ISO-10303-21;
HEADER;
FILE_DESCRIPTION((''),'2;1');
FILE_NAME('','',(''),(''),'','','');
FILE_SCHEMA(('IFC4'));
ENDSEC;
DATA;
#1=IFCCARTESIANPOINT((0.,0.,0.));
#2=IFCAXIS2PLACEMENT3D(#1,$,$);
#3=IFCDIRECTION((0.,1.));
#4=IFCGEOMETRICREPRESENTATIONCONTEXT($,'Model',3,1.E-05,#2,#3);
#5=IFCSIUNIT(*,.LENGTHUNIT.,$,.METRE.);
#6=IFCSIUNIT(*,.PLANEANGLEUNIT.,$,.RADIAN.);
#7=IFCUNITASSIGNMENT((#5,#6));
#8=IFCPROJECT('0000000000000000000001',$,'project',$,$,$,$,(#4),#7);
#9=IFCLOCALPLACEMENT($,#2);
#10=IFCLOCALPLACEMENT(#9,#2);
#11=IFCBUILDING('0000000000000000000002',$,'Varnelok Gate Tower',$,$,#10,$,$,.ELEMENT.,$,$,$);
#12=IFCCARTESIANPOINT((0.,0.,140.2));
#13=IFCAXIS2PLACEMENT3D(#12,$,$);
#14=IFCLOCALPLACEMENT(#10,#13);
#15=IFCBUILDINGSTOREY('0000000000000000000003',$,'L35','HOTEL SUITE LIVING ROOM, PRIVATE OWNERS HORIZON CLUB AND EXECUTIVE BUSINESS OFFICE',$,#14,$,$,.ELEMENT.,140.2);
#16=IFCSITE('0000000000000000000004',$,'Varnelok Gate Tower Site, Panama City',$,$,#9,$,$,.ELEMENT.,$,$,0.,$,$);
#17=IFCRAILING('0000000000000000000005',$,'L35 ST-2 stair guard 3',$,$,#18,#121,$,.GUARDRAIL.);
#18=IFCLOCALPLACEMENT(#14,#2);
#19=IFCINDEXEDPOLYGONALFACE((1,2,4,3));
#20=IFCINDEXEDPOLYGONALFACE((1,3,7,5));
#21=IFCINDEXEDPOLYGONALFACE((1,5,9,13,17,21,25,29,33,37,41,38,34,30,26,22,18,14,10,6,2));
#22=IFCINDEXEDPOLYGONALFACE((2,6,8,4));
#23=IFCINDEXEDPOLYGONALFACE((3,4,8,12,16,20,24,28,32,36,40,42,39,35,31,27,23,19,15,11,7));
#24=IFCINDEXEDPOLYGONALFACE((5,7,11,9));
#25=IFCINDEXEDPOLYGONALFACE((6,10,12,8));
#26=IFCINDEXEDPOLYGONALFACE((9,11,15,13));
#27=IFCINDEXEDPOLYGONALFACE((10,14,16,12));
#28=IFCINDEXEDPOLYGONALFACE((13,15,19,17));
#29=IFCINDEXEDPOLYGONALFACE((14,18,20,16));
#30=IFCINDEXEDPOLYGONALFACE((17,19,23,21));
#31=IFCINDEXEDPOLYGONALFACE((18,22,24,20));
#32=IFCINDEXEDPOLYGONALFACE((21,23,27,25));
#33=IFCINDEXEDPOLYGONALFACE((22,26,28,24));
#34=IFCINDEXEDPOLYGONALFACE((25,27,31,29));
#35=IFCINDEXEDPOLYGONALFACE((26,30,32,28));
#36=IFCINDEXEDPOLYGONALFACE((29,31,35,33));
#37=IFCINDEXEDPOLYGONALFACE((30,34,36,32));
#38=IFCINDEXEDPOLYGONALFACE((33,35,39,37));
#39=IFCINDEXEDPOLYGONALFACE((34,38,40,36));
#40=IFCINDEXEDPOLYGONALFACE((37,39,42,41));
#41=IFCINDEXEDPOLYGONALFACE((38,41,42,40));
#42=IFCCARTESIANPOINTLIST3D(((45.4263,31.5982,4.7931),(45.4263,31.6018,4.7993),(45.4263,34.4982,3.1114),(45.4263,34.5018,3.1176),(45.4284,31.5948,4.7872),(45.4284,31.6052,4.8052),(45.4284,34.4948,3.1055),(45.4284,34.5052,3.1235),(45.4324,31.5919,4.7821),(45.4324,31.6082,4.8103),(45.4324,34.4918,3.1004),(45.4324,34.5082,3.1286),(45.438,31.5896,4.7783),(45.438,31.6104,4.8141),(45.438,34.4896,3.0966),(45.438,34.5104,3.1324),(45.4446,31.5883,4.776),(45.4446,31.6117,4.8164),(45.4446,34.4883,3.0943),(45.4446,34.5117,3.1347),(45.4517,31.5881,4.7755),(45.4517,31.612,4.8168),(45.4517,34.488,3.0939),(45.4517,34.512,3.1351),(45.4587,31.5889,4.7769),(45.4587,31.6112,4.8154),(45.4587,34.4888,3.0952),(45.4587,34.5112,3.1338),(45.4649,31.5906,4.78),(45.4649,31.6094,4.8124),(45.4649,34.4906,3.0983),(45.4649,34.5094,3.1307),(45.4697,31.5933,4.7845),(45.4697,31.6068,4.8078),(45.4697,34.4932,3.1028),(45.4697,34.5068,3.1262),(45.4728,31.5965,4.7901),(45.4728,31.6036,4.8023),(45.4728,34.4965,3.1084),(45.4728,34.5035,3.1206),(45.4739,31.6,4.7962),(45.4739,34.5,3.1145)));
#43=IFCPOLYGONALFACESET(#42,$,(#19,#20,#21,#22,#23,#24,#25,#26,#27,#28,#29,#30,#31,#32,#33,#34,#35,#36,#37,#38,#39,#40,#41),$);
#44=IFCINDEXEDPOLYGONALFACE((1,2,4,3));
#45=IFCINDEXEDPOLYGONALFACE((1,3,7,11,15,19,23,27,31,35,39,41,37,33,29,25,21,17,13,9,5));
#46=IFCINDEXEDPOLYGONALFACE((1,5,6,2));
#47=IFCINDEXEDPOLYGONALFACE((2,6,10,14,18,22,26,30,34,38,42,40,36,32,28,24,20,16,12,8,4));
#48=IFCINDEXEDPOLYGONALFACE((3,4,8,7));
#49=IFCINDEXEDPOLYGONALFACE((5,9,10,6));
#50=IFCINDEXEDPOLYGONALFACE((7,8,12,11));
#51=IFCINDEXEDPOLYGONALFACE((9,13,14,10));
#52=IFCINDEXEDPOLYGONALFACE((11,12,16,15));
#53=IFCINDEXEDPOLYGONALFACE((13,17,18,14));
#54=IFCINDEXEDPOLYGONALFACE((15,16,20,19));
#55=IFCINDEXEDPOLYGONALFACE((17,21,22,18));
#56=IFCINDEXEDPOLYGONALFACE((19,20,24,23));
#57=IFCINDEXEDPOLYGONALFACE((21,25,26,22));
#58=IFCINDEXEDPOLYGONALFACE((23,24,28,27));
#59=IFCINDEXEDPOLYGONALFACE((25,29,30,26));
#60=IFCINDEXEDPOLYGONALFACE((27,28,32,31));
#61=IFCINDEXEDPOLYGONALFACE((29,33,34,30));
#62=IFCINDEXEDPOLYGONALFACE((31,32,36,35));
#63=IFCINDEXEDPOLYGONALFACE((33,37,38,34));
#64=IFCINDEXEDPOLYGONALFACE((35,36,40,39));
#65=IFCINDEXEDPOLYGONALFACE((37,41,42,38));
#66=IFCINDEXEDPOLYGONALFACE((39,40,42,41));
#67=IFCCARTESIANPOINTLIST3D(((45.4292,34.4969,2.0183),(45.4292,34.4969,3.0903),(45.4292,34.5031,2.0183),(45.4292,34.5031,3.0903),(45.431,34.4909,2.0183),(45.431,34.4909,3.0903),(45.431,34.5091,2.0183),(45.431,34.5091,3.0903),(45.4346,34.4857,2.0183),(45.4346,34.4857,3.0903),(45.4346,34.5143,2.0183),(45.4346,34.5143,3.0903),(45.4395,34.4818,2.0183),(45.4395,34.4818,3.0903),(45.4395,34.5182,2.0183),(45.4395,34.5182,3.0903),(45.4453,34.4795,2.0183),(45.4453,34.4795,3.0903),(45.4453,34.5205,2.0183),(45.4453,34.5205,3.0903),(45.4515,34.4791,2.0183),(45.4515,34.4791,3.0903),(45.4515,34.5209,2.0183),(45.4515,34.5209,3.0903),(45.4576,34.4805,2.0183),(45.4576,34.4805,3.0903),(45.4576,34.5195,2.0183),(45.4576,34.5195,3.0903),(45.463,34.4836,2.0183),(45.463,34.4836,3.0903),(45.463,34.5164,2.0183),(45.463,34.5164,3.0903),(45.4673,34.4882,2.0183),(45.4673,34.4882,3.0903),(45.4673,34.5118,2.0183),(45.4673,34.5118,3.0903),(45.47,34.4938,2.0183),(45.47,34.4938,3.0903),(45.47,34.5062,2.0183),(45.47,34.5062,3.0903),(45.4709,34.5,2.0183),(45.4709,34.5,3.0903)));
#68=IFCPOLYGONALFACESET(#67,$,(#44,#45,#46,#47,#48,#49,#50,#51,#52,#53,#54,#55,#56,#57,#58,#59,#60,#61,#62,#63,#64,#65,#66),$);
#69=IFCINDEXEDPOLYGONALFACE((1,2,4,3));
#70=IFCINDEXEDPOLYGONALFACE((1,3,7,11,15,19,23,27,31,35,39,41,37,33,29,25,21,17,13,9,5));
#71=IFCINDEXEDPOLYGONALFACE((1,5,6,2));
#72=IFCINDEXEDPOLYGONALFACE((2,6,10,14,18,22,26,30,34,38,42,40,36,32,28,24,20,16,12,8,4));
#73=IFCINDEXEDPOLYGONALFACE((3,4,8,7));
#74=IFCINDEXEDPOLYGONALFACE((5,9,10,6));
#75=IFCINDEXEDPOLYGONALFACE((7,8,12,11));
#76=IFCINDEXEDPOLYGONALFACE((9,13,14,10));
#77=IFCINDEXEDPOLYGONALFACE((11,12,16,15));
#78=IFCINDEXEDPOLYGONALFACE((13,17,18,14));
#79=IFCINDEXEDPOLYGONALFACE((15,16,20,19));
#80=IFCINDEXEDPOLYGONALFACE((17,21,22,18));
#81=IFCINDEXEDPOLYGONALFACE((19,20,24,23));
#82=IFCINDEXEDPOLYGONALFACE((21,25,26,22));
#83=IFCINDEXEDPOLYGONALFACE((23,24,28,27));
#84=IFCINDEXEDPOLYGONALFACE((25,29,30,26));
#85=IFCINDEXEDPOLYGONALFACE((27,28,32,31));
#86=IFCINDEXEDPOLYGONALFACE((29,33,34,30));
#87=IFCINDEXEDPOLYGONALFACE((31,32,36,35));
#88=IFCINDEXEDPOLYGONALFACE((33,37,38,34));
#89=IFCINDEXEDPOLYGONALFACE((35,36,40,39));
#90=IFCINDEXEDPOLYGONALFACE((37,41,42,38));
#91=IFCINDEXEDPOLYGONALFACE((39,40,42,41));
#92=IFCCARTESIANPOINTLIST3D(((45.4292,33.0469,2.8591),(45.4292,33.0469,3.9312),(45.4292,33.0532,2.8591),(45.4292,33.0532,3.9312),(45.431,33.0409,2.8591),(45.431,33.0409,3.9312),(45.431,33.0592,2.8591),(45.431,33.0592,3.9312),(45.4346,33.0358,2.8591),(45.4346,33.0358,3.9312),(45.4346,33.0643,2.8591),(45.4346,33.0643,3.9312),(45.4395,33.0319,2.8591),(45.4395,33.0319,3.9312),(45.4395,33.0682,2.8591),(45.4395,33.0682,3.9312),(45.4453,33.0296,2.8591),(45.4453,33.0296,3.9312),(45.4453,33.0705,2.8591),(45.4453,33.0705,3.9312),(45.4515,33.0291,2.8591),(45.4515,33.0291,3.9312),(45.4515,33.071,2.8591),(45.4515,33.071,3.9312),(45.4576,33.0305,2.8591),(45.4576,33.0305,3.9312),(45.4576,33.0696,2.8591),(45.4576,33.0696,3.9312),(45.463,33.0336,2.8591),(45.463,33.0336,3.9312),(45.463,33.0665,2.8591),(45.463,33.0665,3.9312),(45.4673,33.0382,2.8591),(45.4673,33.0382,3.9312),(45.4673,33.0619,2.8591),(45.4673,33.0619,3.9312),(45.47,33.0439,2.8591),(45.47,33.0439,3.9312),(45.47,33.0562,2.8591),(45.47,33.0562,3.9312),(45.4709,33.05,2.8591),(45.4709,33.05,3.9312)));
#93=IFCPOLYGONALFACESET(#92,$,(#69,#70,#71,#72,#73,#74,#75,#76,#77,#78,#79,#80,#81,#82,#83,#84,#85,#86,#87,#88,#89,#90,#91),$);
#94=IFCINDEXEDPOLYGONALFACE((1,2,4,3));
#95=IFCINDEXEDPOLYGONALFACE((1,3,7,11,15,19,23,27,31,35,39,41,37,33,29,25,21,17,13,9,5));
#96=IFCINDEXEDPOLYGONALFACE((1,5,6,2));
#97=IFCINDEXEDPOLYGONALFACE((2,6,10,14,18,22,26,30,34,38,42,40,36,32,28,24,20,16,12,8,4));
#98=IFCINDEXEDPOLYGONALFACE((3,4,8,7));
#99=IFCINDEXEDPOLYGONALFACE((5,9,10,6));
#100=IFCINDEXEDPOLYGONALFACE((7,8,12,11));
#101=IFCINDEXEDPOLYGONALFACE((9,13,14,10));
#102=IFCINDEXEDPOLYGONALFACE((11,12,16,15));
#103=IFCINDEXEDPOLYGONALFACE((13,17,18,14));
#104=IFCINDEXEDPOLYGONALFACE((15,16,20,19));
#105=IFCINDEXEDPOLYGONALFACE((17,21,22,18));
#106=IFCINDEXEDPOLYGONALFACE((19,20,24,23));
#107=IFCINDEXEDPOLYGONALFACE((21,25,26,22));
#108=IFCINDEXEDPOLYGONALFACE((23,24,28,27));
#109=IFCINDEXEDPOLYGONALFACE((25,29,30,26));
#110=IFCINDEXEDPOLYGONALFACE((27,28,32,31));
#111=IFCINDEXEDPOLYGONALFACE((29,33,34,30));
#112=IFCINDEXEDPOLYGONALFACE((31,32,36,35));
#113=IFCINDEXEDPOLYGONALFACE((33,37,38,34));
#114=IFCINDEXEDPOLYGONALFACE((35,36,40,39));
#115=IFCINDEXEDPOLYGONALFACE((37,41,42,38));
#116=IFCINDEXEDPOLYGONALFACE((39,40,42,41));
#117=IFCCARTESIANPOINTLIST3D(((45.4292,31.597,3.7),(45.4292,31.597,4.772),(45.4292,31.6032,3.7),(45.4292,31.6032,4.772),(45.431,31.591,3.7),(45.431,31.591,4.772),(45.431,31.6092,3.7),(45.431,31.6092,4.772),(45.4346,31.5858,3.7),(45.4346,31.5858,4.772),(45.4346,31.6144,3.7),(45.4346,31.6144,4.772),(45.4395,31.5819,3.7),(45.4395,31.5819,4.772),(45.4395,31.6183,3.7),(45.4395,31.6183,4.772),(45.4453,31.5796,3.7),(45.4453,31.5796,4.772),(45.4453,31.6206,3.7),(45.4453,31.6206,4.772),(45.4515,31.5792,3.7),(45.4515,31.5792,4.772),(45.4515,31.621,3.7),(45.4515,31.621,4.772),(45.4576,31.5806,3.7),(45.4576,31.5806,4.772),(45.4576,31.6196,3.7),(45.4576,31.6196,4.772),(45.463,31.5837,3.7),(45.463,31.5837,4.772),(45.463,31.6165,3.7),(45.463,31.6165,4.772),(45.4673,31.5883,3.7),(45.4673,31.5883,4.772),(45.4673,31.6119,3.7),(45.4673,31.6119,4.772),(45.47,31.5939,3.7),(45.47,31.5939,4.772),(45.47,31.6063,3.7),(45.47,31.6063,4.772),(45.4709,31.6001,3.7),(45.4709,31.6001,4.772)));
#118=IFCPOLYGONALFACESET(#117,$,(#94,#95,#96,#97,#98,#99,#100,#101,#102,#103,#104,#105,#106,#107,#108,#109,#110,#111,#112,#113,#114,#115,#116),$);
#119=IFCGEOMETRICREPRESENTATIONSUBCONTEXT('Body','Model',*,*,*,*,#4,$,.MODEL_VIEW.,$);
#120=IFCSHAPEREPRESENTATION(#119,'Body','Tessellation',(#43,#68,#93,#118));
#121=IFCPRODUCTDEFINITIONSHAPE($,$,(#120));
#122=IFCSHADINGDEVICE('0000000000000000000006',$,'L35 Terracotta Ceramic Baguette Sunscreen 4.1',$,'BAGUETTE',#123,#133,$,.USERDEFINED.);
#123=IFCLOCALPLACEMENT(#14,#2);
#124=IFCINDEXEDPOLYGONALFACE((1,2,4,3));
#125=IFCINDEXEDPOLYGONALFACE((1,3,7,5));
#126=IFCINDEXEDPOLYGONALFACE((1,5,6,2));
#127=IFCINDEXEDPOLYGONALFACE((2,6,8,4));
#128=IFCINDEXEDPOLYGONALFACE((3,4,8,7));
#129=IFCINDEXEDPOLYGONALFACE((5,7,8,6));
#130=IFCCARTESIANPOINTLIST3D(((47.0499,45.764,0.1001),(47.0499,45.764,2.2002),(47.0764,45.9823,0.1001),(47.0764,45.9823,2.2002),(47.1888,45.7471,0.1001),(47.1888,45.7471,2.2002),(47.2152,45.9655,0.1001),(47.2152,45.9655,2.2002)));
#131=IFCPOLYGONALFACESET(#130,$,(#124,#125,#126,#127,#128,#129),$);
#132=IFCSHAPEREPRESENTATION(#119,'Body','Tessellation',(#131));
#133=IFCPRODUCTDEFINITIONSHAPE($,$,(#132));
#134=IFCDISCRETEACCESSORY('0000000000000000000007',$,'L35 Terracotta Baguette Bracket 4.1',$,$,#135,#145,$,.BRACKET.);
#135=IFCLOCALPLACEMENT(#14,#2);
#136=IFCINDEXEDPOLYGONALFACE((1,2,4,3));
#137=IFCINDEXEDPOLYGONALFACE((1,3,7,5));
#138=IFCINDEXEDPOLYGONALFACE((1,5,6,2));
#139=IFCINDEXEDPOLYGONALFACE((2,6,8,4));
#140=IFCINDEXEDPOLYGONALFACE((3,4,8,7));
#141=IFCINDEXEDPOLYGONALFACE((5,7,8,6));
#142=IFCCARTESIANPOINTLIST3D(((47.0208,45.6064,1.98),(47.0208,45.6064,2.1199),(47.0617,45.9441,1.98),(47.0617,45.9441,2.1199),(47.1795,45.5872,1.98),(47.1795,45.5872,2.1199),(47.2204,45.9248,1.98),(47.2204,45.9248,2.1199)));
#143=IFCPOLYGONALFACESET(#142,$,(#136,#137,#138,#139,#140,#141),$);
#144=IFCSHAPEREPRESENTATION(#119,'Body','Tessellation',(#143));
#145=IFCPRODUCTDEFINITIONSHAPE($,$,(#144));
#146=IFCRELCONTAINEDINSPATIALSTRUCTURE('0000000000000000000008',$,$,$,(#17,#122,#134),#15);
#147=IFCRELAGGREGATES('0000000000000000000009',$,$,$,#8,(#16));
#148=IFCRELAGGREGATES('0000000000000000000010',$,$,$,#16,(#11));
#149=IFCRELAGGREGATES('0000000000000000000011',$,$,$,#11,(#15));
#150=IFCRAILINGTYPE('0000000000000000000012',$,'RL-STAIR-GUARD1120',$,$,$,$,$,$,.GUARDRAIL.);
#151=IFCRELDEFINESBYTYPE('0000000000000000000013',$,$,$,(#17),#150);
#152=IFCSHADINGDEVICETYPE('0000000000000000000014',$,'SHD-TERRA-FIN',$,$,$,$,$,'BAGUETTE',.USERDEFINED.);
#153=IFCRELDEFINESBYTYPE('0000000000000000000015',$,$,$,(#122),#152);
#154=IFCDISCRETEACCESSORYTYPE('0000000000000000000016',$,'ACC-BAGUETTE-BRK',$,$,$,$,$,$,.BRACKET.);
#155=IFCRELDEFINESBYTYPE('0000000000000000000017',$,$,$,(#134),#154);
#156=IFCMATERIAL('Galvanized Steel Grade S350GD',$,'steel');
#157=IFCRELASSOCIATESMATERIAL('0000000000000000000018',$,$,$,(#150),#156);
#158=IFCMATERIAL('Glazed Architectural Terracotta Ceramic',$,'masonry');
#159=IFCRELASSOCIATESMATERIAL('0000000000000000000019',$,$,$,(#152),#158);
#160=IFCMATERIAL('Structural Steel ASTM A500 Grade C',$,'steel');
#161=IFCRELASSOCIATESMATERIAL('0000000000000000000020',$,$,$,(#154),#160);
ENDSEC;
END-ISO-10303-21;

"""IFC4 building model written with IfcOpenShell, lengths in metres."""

from ifc_helpers import new_model, si_unit, direction, frame, origin, origin_2d, place, context, subcontext, project, spatial, rectangle, circle, extrude, source, transform, mapped, material, type_object, element, save


model = new_model("IFC4")

# Units and contexts
model_context = context("Model", 3, precision=1e-05, world=origin(), true_north=direction((0.0, 1.0)))
body_context = subcontext(model_context, "Body", "Model", "MODEL_VIEW")
ifc_project = project(units=[si_unit("LENGTHUNIT", "METRE"), si_unit("PLANEANGLEUNIT", "RADIAN")], contexts=[model_context])

# Site, building, storey
site_placement = place(None, origin())
site = spatial("IfcSite", under=ifc_project, at=site_placement, Name="Varnelok Gate Tower Site, Panama City", CompositionType="ELEMENT", RefElevation=0.0)
building_placement = place(site_placement, origin())
building = spatial("IfcBuilding", under=site, at=building_placement, Name="Varnelok Gate Tower", CompositionType="ELEMENT")
storey_placement = place(building_placement, frame((0.0, 0.0, 140.2)))
storey = spatial("IfcBuildingStorey", under=building, at=storey_placement, Name="L35", Description="HOTEL SUITE LIVING ROOM, PRIVATE OWNERS HORIZON CLUB AND EXECUTIVE BUSINESS OFFICE", CompositionType="ELEMENT", Elevation=140.2)

# Shared definitions
ifc_material_1 = material(Name="Galvanized Steel Grade S350GD", Category="steel")

# Railing
railing_type_1 = type_object("IfcRailingType", Name="RL-STAIR-GUARD1120", PredefinedType="GUARDRAIL", material=ifc_material_1)
railing_1_placement = place(storey_placement, frame((45.45, 34.5, 2.0183)))
element("IfcRailing", 1, at=railing_1_placement, inside=storey, type_object=railing_type_1, Name="L35 ST-2 stair guard 3", PredefinedType="GUARDRAIL", context=body_context, shape_type="SweptSolid", body=[
    extrude(circle(Radius=0.0239, at=origin_2d()), frame((0.0, 0.0, 1.0962), z_axis=(0.0, -0.86507, 0.501651), x_axis=(1.0, 0.0, 0.0)), (0.0, 0.0, 1.0), 3.3523),
    extrude(circle(Radius=0.021, at=origin_2d()), origin(), (0.0, 0.0, 1.0), 1.072),
    extrude(circle(Radius=0.021, at=origin_2d()), frame((0.0, -1.45, 0.8408)), (0.0, 0.0, 1.0), 1.072),
    extrude(circle(Radius=0.021, at=origin_2d()), frame((0.0, -2.8999, 1.6816)), (0.0, 0.0, 1.0), 1.072),
])

# Shading device
ifc_material_2 = material(Name="Glazed Architectural Terracotta Ceramic", Category="masonry")
shading_device_type = type_object("IfcShadingDeviceType", Name="SHD-TERRA-FIN", ElementType="BAGUETTE", PredefinedType="USERDEFINED", material=ifc_material_2)
shared_shape_1 = source(origin(), body_context, "Body", "SweptSolid", [
    extrude(rectangle(XDim=0.1399, YDim=0.22, at=origin_2d()), origin(), (0.0, 0.0, 1.0), 2.1001),
])
shading_device_placement = place(storey_placement, frame((47.1326, 45.8647, 0.1001), z_axis=(0.0, 0.0, 1.0), x_axis=(0.992732, -0.120345, 0.0)))
element("IfcShadingDevice", 2, at=shading_device_placement, inside=storey, type_object=shading_device_type, Name="L35 Terracotta Ceramic Baguette Sunscreen 4.1", ObjectType="BAGUETTE", PredefinedType="USERDEFINED", context=body_context, shape_type="MappedRepresentation", body=[
    mapped(shared_shape_1, transform((0.0, 0.0, 0.0), scale=1.0)),
])

# Discrete accessory
ifc_material_3 = material(Name="Structural Steel ASTM A500 Grade C", Category="steel")
discrete_accessory_type = type_object("IfcDiscreteAccessoryType", Name="ACC-BAGUETTE-BRK", PredefinedType="BRACKET", material=ifc_material_3)
shared_shape_2 = source(origin(), body_context, "Body", "SweptSolid", [
    extrude(rectangle(XDim=0.1599, YDim=0.3401, at=origin_2d()), origin(), (0.0, 0.0, 1.0), 0.1399),
])
discrete_accessory_placement = place(storey_placement, frame((47.1206, 45.7656, 1.98), z_axis=(0.0, 0.0, 1.0), x_axis=(0.992732, -0.120345, 0.0)))
element("IfcDiscreteAccessory", 3, at=discrete_accessory_placement, inside=storey, type_object=discrete_accessory_type, Name="L35 Terracotta Baguette Bracket 4.1", PredefinedType="BRACKET", context=body_context, shape_type="MappedRepresentation", body=[
    mapped(shared_shape_2, transform((0.0, 0.0, 0.0), scale=1.0)),
])

save(model, "model.ifc")
